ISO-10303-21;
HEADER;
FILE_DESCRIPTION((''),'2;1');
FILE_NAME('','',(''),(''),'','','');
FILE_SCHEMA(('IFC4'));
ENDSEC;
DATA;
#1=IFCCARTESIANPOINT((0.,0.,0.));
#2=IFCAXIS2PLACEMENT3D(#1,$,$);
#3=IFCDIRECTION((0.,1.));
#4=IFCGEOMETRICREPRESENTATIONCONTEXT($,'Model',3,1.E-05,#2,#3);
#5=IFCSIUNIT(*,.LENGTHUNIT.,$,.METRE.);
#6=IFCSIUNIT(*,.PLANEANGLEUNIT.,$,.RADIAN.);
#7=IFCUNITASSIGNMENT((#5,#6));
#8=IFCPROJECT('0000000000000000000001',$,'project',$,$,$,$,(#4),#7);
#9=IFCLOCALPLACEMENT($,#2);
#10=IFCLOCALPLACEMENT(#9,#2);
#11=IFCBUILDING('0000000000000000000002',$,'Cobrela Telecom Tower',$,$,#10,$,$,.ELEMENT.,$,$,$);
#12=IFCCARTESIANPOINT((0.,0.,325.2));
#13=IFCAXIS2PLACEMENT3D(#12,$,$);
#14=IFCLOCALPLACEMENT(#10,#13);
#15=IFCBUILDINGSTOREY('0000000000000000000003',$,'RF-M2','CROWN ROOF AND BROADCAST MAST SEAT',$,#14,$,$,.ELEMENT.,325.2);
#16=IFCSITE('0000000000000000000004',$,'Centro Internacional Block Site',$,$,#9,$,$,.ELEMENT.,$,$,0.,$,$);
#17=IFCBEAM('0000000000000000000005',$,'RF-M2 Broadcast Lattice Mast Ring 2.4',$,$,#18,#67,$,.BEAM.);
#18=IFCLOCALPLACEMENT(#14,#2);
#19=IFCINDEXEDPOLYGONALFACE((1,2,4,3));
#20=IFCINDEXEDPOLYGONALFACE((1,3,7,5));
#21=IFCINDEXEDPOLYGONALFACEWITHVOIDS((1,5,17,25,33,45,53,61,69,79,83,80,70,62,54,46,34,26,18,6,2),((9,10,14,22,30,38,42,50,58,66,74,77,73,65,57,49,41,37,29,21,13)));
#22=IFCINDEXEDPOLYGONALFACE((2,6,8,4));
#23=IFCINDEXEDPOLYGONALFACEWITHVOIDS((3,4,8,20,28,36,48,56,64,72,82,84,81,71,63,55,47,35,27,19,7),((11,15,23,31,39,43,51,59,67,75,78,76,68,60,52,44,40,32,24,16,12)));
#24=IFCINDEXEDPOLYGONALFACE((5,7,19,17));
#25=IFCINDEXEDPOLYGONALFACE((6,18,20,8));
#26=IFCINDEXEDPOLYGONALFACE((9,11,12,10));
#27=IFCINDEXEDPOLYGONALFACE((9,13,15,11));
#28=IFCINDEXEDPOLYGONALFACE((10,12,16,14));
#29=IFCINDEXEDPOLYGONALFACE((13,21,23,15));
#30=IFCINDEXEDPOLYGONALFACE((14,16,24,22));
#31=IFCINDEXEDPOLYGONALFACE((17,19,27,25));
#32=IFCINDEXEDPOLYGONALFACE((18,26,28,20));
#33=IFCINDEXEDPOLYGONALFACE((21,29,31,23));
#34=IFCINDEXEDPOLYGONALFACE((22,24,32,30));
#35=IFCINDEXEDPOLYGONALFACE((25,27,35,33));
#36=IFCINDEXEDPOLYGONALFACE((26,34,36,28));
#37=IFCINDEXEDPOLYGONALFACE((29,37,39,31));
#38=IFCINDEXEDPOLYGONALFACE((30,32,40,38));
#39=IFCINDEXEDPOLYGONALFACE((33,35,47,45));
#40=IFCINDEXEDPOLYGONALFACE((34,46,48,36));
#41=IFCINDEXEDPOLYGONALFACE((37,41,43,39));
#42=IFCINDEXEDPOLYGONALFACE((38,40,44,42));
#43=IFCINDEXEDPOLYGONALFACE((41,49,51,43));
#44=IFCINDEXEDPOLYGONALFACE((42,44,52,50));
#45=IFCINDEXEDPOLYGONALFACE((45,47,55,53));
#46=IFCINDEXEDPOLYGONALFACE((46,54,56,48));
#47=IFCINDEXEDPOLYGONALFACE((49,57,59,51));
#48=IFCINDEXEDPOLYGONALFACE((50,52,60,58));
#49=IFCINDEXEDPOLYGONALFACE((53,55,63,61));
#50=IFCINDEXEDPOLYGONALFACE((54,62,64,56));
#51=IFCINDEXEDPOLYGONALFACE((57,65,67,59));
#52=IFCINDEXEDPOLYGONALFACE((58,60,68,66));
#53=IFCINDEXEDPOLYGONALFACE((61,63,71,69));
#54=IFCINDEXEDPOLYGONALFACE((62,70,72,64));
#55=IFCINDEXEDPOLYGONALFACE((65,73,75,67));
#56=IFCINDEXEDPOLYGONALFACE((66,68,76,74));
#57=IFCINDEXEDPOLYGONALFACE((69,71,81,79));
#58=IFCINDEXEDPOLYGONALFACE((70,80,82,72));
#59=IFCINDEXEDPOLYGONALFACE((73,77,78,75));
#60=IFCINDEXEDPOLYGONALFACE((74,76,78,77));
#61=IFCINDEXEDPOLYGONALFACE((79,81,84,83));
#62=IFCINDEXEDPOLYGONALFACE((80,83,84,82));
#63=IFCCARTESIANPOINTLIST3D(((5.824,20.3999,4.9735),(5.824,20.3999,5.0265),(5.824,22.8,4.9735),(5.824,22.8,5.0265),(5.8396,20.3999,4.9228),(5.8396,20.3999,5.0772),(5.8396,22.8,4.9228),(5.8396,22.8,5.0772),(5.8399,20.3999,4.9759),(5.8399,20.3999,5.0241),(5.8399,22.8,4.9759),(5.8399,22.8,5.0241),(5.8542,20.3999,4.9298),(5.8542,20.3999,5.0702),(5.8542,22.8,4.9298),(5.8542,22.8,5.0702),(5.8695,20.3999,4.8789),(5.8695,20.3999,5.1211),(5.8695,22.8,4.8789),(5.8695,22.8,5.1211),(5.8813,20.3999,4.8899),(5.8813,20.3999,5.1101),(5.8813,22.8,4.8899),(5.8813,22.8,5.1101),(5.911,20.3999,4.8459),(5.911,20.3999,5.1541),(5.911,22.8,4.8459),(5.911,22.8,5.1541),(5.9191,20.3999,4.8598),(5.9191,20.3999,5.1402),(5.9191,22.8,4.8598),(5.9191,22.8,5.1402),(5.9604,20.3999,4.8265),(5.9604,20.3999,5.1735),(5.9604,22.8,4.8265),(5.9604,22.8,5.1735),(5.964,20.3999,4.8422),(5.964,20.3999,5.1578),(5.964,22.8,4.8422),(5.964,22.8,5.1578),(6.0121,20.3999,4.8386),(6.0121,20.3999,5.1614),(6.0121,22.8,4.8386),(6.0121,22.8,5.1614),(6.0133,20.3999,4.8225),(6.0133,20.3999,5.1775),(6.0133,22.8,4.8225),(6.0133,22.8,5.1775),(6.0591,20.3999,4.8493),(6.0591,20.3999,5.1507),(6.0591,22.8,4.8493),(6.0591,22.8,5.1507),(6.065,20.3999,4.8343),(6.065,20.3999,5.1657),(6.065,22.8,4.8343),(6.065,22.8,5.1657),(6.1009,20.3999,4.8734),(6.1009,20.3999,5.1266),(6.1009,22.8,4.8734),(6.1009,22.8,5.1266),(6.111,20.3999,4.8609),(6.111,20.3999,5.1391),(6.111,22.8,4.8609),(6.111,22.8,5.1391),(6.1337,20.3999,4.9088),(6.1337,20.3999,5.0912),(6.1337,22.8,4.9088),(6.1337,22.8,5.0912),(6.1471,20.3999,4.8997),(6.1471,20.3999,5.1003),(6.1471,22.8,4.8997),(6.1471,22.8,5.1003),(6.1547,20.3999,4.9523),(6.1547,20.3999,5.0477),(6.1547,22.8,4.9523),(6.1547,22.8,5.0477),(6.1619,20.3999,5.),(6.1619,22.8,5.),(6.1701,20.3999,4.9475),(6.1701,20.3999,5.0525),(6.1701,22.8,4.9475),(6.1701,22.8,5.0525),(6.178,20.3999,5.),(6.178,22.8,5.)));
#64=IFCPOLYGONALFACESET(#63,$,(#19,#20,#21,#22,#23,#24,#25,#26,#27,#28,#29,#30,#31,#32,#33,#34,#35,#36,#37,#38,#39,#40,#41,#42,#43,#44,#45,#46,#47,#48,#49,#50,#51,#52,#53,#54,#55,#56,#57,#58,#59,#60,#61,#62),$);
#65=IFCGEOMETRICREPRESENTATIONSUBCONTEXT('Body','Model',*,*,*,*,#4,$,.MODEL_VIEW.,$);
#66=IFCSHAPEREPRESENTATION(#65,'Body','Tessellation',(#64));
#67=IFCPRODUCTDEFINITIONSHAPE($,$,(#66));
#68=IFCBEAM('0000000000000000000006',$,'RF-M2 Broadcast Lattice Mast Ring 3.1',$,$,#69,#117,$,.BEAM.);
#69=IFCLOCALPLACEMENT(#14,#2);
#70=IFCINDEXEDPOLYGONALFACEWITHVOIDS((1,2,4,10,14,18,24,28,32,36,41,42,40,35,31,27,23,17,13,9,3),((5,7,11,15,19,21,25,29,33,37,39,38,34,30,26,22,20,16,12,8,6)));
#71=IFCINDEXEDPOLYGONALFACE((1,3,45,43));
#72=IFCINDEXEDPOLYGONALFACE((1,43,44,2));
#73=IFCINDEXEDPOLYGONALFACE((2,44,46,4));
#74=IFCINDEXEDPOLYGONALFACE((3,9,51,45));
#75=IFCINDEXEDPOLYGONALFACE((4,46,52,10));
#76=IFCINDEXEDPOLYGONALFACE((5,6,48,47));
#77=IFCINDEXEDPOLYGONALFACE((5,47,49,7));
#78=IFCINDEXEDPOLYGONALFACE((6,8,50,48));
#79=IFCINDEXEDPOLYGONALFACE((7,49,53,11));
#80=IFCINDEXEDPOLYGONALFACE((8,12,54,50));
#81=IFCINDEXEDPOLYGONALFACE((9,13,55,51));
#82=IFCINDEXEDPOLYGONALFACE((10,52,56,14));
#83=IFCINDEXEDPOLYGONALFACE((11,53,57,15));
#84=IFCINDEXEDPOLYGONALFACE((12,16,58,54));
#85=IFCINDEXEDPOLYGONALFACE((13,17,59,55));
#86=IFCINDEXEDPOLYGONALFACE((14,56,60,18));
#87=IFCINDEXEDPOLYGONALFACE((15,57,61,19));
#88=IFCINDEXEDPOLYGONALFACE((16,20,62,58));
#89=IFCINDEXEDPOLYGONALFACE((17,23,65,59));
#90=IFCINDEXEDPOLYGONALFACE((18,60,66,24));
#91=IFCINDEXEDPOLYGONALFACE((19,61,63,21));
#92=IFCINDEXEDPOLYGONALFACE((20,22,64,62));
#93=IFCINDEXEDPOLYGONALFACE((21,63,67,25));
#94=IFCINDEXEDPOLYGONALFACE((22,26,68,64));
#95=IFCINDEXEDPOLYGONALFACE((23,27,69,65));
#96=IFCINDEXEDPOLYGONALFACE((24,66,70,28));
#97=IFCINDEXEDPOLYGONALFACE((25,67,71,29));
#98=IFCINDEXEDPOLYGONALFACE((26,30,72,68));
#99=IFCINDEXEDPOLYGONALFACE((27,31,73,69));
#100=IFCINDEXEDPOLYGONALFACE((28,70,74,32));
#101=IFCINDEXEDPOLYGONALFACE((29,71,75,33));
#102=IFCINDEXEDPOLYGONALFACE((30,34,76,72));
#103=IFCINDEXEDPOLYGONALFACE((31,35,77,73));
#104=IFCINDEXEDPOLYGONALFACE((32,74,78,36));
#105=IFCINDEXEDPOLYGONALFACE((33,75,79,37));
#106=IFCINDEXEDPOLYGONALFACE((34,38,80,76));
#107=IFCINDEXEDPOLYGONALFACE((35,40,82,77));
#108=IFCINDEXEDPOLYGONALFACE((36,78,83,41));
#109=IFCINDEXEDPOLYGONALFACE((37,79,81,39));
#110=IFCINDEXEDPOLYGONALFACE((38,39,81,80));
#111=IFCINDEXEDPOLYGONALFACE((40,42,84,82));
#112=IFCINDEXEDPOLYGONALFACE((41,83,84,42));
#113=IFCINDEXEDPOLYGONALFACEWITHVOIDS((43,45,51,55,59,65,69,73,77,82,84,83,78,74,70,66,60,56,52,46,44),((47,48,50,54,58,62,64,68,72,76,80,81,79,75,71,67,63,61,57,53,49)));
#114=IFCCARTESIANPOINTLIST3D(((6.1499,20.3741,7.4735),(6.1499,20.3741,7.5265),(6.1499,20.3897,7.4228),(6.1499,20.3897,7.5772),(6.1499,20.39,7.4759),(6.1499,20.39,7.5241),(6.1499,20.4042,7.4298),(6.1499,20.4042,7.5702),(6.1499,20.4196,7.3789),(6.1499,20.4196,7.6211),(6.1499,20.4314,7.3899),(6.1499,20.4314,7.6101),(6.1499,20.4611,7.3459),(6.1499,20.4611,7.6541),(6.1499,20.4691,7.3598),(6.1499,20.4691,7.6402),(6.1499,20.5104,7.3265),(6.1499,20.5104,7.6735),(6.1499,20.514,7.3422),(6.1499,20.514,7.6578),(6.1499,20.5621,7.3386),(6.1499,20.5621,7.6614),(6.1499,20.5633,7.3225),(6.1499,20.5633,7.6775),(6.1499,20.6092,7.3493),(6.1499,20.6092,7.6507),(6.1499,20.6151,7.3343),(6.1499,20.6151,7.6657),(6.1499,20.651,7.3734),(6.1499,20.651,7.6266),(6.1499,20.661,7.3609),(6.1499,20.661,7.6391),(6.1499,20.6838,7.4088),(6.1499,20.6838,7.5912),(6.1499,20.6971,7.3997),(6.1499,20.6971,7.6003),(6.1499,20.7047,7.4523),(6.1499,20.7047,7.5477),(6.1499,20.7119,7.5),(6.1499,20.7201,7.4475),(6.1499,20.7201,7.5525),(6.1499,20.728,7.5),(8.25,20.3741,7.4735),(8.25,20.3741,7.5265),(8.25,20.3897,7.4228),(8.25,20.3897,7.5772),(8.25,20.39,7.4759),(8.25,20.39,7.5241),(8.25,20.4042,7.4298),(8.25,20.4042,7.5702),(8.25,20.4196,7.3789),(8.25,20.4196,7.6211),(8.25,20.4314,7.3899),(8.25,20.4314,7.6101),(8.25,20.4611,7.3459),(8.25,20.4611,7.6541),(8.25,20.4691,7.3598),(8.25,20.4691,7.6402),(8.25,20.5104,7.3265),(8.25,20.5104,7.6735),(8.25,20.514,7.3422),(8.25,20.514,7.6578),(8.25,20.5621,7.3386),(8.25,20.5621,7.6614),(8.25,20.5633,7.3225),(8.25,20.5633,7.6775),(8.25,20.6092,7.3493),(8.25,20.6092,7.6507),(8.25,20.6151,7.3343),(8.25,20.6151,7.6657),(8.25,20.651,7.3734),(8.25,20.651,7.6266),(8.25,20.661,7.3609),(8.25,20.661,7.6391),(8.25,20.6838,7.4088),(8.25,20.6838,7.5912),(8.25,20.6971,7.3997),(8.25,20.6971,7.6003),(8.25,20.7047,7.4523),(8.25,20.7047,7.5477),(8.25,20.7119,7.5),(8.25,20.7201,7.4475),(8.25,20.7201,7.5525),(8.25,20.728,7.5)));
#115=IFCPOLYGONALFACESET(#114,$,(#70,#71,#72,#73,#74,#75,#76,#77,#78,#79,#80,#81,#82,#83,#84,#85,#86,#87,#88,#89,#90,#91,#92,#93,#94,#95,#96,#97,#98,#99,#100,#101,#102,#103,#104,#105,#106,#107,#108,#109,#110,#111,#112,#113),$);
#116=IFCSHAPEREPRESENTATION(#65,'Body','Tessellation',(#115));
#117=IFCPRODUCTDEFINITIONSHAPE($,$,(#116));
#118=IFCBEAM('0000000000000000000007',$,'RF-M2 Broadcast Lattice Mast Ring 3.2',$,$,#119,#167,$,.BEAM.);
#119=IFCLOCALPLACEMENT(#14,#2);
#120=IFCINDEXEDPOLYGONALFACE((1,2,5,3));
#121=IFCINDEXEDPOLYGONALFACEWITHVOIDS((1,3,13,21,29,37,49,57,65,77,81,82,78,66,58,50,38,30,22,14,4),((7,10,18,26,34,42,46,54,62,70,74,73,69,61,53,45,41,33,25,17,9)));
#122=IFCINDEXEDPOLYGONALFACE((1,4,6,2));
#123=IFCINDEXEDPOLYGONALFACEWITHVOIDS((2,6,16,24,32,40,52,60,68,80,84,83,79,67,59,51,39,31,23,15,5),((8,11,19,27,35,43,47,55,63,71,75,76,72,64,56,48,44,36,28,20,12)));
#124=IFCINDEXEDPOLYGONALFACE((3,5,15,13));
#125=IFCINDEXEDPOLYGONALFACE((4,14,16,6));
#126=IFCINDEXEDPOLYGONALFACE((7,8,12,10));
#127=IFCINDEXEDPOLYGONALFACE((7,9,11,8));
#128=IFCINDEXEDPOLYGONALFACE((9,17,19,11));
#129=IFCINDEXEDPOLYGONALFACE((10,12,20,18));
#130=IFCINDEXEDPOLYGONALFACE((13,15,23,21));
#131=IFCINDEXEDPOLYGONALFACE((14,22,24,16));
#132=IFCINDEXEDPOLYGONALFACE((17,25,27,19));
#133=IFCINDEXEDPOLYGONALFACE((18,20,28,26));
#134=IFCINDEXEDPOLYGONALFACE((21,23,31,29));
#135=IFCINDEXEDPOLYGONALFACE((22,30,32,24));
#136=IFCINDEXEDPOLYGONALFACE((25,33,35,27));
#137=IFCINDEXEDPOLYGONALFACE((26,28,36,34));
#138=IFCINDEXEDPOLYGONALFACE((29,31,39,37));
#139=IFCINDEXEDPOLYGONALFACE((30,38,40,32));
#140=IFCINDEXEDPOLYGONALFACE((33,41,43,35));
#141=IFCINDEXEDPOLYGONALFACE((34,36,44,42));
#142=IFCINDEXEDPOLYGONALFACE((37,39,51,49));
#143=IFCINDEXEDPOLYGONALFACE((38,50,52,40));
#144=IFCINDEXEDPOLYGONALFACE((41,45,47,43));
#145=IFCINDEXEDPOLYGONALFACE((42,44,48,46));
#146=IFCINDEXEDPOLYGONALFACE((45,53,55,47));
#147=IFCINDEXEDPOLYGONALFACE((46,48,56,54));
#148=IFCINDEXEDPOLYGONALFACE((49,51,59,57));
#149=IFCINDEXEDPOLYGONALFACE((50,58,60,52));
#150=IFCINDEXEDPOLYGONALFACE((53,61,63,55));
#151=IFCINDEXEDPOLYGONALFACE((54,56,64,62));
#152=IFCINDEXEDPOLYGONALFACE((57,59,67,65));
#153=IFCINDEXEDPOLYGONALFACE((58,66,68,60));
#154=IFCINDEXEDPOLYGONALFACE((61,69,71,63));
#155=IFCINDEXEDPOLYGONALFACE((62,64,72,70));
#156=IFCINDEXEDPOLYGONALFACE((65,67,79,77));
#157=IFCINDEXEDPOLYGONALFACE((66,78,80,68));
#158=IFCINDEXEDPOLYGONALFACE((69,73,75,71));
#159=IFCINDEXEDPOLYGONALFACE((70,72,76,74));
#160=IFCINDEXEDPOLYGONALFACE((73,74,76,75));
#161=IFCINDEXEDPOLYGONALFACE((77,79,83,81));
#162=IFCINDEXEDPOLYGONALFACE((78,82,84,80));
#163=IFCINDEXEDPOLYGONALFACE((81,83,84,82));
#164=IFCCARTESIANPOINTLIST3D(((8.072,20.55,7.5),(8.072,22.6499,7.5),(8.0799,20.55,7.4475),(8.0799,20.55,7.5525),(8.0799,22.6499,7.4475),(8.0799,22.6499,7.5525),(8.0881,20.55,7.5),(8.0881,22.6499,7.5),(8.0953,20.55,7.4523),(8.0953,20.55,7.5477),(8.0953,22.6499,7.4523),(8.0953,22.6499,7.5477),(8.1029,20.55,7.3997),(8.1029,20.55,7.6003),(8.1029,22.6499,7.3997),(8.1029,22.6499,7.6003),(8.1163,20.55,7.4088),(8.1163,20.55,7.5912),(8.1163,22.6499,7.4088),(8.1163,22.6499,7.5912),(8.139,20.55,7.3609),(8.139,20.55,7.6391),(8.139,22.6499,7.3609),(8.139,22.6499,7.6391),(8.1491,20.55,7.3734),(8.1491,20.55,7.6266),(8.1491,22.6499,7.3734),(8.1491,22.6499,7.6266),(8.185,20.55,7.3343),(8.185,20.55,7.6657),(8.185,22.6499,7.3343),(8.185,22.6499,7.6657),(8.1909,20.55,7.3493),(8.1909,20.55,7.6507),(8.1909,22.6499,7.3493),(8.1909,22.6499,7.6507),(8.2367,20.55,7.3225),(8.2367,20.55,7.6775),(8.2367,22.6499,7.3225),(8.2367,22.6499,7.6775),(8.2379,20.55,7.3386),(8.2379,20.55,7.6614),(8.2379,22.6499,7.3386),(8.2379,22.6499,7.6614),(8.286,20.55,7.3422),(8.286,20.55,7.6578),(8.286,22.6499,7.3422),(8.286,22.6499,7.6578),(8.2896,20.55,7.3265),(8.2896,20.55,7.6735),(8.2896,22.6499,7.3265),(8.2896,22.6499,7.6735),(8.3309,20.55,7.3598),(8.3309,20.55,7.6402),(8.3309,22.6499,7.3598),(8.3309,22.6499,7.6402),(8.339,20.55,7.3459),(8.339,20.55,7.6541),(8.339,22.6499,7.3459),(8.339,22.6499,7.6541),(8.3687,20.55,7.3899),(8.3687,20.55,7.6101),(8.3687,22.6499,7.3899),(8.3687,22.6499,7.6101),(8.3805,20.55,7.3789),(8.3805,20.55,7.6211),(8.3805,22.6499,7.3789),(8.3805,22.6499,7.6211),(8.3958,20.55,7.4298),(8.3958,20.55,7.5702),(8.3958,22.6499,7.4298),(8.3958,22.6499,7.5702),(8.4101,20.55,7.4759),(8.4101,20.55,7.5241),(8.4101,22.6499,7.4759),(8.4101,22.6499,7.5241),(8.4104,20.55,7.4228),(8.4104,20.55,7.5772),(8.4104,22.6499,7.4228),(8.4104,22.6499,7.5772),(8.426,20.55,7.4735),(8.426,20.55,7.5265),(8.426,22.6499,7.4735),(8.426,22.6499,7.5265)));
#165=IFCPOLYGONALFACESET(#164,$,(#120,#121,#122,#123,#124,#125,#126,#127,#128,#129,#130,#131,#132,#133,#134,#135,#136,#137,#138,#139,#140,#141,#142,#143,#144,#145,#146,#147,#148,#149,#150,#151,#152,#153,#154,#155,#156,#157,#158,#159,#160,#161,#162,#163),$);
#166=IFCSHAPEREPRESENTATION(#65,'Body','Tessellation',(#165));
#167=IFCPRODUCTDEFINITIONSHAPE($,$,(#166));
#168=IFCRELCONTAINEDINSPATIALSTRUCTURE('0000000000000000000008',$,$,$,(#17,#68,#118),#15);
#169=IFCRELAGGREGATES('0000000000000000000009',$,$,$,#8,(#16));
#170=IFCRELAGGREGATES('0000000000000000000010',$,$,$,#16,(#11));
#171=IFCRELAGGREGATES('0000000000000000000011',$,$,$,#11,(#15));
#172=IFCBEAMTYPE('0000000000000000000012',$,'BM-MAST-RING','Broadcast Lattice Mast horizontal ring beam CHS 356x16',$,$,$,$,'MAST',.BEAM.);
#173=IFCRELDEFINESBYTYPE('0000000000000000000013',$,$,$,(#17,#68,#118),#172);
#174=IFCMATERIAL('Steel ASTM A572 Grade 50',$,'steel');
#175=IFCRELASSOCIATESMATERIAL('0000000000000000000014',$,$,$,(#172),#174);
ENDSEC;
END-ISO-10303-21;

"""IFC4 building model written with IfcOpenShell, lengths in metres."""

from ifc_helpers import new_model, si_unit, direction, frame, origin, origin_2d, place, context, subcontext, project, spatial, hollow_circle, extrude, material, material_profile, profile_set, type_object, element, save


model = new_model("IFC4")

# Units and contexts
model_context = context("Model", 3, precision=1e-05, world=origin(), true_north=direction((0.0, 1.0)))
body_context = subcontext(model_context, "Body", "Model", "MODEL_VIEW")
ifc_project = project(units=[si_unit("LENGTHUNIT", "METRE"), si_unit("PLANEANGLEUNIT", "RADIAN")], contexts=[model_context])

# Site, building, storey
site_placement = place(None, origin())
site = spatial("IfcSite", under=ifc_project, at=site_placement, Name="Centro Internacional Block Site", CompositionType="ELEMENT", RefElevation=0.0)
building_placement = place(site_placement, origin())
building = spatial("IfcBuilding", under=site, at=building_placement, Name="Cobrela Telecom Tower", CompositionType="ELEMENT")
storey_placement = place(building_placement, frame((0.0, 0.0, 325.2)))
storey = spatial("IfcBuildingStorey", under=building, at=storey_placement, Name="RF-M2", Description="CROWN ROOF AND BROADCAST MAST SEAT", CompositionType="ELEMENT", Elevation=325.2)

# Beams
ifc_material = material(Name="Steel ASTM A572 Grade 50", Category="steel")
ifc_material_profile = material_profile(ifc_material, hollow_circle(Radius=0.178, WallThickness=0.0161, at=origin_2d()), Name="CHS 356x16")
ifc_profile_set = profile_set([ifc_material_profile], Name="Steel ASTM A572 Grade 50")
beam_type = type_object("IfcBeamType", Name="BM-MAST-RING", Description="Broadcast Lattice Mast horizontal ring beam CHS 356x16", ElementType="MAST", PredefinedType="BEAM", material=ifc_profile_set)
beam_1_placement = place(storey_placement, frame((6.0, 22.8, 5.0), z_axis=(0.0, -1.0, 0.0), x_axis=(1.0, 0.0, 0.0)))
element("IfcBeam", 1, at=beam_1_placement, inside=storey, type_object=beam_type, Name="RF-M2 Broadcast Lattice Mast Ring 2.4", PredefinedType="BEAM", context=body_context, shape_type="SweptSolid", body=[
    extrude(hollow_circle(Radius=0.178, WallThickness=0.0161, at=origin_2d()), origin(), (0.0, 0.0, 1.0), 2.4001),
])
beam_2_placement = place(storey_placement, frame((6.1499, 20.55, 7.5), z_axis=(1.0, 0.0, 0.0), x_axis=(0.0, 1.0, 0.0)))
element("IfcBeam", 2, at=beam_2_placement, inside=storey, type_object=beam_type, Name="RF-M2 Broadcast Lattice Mast Ring 3.1", PredefinedType="BEAM", context=body_context, shape_type="SweptSolid", body=[
    extrude(hollow_circle(Radius=0.178, WallThickness=0.0161, at=origin_2d()), origin(), (0.0, 0.0, 1.0), 2.1001),
])
beam_3_placement = place(storey_placement, frame((8.25, 20.55, 7.5), z_axis=(0.0, 1.0, 0.0), x_axis=(-1.0, 0.0, 0.0)))
element("IfcBeam", 3, at=beam_3_placement, inside=storey, type_object=beam_type, Name="RF-M2 Broadcast Lattice Mast Ring 3.2", PredefinedType="BEAM", context=body_context, shape_type="SweptSolid", body=[
    extrude(hollow_circle(Radius=0.178, WallThickness=0.0161, at=origin_2d()), origin(), (0.0, 0.0, 1.0), 2.0999),
])

save(model, "model.ifc")
